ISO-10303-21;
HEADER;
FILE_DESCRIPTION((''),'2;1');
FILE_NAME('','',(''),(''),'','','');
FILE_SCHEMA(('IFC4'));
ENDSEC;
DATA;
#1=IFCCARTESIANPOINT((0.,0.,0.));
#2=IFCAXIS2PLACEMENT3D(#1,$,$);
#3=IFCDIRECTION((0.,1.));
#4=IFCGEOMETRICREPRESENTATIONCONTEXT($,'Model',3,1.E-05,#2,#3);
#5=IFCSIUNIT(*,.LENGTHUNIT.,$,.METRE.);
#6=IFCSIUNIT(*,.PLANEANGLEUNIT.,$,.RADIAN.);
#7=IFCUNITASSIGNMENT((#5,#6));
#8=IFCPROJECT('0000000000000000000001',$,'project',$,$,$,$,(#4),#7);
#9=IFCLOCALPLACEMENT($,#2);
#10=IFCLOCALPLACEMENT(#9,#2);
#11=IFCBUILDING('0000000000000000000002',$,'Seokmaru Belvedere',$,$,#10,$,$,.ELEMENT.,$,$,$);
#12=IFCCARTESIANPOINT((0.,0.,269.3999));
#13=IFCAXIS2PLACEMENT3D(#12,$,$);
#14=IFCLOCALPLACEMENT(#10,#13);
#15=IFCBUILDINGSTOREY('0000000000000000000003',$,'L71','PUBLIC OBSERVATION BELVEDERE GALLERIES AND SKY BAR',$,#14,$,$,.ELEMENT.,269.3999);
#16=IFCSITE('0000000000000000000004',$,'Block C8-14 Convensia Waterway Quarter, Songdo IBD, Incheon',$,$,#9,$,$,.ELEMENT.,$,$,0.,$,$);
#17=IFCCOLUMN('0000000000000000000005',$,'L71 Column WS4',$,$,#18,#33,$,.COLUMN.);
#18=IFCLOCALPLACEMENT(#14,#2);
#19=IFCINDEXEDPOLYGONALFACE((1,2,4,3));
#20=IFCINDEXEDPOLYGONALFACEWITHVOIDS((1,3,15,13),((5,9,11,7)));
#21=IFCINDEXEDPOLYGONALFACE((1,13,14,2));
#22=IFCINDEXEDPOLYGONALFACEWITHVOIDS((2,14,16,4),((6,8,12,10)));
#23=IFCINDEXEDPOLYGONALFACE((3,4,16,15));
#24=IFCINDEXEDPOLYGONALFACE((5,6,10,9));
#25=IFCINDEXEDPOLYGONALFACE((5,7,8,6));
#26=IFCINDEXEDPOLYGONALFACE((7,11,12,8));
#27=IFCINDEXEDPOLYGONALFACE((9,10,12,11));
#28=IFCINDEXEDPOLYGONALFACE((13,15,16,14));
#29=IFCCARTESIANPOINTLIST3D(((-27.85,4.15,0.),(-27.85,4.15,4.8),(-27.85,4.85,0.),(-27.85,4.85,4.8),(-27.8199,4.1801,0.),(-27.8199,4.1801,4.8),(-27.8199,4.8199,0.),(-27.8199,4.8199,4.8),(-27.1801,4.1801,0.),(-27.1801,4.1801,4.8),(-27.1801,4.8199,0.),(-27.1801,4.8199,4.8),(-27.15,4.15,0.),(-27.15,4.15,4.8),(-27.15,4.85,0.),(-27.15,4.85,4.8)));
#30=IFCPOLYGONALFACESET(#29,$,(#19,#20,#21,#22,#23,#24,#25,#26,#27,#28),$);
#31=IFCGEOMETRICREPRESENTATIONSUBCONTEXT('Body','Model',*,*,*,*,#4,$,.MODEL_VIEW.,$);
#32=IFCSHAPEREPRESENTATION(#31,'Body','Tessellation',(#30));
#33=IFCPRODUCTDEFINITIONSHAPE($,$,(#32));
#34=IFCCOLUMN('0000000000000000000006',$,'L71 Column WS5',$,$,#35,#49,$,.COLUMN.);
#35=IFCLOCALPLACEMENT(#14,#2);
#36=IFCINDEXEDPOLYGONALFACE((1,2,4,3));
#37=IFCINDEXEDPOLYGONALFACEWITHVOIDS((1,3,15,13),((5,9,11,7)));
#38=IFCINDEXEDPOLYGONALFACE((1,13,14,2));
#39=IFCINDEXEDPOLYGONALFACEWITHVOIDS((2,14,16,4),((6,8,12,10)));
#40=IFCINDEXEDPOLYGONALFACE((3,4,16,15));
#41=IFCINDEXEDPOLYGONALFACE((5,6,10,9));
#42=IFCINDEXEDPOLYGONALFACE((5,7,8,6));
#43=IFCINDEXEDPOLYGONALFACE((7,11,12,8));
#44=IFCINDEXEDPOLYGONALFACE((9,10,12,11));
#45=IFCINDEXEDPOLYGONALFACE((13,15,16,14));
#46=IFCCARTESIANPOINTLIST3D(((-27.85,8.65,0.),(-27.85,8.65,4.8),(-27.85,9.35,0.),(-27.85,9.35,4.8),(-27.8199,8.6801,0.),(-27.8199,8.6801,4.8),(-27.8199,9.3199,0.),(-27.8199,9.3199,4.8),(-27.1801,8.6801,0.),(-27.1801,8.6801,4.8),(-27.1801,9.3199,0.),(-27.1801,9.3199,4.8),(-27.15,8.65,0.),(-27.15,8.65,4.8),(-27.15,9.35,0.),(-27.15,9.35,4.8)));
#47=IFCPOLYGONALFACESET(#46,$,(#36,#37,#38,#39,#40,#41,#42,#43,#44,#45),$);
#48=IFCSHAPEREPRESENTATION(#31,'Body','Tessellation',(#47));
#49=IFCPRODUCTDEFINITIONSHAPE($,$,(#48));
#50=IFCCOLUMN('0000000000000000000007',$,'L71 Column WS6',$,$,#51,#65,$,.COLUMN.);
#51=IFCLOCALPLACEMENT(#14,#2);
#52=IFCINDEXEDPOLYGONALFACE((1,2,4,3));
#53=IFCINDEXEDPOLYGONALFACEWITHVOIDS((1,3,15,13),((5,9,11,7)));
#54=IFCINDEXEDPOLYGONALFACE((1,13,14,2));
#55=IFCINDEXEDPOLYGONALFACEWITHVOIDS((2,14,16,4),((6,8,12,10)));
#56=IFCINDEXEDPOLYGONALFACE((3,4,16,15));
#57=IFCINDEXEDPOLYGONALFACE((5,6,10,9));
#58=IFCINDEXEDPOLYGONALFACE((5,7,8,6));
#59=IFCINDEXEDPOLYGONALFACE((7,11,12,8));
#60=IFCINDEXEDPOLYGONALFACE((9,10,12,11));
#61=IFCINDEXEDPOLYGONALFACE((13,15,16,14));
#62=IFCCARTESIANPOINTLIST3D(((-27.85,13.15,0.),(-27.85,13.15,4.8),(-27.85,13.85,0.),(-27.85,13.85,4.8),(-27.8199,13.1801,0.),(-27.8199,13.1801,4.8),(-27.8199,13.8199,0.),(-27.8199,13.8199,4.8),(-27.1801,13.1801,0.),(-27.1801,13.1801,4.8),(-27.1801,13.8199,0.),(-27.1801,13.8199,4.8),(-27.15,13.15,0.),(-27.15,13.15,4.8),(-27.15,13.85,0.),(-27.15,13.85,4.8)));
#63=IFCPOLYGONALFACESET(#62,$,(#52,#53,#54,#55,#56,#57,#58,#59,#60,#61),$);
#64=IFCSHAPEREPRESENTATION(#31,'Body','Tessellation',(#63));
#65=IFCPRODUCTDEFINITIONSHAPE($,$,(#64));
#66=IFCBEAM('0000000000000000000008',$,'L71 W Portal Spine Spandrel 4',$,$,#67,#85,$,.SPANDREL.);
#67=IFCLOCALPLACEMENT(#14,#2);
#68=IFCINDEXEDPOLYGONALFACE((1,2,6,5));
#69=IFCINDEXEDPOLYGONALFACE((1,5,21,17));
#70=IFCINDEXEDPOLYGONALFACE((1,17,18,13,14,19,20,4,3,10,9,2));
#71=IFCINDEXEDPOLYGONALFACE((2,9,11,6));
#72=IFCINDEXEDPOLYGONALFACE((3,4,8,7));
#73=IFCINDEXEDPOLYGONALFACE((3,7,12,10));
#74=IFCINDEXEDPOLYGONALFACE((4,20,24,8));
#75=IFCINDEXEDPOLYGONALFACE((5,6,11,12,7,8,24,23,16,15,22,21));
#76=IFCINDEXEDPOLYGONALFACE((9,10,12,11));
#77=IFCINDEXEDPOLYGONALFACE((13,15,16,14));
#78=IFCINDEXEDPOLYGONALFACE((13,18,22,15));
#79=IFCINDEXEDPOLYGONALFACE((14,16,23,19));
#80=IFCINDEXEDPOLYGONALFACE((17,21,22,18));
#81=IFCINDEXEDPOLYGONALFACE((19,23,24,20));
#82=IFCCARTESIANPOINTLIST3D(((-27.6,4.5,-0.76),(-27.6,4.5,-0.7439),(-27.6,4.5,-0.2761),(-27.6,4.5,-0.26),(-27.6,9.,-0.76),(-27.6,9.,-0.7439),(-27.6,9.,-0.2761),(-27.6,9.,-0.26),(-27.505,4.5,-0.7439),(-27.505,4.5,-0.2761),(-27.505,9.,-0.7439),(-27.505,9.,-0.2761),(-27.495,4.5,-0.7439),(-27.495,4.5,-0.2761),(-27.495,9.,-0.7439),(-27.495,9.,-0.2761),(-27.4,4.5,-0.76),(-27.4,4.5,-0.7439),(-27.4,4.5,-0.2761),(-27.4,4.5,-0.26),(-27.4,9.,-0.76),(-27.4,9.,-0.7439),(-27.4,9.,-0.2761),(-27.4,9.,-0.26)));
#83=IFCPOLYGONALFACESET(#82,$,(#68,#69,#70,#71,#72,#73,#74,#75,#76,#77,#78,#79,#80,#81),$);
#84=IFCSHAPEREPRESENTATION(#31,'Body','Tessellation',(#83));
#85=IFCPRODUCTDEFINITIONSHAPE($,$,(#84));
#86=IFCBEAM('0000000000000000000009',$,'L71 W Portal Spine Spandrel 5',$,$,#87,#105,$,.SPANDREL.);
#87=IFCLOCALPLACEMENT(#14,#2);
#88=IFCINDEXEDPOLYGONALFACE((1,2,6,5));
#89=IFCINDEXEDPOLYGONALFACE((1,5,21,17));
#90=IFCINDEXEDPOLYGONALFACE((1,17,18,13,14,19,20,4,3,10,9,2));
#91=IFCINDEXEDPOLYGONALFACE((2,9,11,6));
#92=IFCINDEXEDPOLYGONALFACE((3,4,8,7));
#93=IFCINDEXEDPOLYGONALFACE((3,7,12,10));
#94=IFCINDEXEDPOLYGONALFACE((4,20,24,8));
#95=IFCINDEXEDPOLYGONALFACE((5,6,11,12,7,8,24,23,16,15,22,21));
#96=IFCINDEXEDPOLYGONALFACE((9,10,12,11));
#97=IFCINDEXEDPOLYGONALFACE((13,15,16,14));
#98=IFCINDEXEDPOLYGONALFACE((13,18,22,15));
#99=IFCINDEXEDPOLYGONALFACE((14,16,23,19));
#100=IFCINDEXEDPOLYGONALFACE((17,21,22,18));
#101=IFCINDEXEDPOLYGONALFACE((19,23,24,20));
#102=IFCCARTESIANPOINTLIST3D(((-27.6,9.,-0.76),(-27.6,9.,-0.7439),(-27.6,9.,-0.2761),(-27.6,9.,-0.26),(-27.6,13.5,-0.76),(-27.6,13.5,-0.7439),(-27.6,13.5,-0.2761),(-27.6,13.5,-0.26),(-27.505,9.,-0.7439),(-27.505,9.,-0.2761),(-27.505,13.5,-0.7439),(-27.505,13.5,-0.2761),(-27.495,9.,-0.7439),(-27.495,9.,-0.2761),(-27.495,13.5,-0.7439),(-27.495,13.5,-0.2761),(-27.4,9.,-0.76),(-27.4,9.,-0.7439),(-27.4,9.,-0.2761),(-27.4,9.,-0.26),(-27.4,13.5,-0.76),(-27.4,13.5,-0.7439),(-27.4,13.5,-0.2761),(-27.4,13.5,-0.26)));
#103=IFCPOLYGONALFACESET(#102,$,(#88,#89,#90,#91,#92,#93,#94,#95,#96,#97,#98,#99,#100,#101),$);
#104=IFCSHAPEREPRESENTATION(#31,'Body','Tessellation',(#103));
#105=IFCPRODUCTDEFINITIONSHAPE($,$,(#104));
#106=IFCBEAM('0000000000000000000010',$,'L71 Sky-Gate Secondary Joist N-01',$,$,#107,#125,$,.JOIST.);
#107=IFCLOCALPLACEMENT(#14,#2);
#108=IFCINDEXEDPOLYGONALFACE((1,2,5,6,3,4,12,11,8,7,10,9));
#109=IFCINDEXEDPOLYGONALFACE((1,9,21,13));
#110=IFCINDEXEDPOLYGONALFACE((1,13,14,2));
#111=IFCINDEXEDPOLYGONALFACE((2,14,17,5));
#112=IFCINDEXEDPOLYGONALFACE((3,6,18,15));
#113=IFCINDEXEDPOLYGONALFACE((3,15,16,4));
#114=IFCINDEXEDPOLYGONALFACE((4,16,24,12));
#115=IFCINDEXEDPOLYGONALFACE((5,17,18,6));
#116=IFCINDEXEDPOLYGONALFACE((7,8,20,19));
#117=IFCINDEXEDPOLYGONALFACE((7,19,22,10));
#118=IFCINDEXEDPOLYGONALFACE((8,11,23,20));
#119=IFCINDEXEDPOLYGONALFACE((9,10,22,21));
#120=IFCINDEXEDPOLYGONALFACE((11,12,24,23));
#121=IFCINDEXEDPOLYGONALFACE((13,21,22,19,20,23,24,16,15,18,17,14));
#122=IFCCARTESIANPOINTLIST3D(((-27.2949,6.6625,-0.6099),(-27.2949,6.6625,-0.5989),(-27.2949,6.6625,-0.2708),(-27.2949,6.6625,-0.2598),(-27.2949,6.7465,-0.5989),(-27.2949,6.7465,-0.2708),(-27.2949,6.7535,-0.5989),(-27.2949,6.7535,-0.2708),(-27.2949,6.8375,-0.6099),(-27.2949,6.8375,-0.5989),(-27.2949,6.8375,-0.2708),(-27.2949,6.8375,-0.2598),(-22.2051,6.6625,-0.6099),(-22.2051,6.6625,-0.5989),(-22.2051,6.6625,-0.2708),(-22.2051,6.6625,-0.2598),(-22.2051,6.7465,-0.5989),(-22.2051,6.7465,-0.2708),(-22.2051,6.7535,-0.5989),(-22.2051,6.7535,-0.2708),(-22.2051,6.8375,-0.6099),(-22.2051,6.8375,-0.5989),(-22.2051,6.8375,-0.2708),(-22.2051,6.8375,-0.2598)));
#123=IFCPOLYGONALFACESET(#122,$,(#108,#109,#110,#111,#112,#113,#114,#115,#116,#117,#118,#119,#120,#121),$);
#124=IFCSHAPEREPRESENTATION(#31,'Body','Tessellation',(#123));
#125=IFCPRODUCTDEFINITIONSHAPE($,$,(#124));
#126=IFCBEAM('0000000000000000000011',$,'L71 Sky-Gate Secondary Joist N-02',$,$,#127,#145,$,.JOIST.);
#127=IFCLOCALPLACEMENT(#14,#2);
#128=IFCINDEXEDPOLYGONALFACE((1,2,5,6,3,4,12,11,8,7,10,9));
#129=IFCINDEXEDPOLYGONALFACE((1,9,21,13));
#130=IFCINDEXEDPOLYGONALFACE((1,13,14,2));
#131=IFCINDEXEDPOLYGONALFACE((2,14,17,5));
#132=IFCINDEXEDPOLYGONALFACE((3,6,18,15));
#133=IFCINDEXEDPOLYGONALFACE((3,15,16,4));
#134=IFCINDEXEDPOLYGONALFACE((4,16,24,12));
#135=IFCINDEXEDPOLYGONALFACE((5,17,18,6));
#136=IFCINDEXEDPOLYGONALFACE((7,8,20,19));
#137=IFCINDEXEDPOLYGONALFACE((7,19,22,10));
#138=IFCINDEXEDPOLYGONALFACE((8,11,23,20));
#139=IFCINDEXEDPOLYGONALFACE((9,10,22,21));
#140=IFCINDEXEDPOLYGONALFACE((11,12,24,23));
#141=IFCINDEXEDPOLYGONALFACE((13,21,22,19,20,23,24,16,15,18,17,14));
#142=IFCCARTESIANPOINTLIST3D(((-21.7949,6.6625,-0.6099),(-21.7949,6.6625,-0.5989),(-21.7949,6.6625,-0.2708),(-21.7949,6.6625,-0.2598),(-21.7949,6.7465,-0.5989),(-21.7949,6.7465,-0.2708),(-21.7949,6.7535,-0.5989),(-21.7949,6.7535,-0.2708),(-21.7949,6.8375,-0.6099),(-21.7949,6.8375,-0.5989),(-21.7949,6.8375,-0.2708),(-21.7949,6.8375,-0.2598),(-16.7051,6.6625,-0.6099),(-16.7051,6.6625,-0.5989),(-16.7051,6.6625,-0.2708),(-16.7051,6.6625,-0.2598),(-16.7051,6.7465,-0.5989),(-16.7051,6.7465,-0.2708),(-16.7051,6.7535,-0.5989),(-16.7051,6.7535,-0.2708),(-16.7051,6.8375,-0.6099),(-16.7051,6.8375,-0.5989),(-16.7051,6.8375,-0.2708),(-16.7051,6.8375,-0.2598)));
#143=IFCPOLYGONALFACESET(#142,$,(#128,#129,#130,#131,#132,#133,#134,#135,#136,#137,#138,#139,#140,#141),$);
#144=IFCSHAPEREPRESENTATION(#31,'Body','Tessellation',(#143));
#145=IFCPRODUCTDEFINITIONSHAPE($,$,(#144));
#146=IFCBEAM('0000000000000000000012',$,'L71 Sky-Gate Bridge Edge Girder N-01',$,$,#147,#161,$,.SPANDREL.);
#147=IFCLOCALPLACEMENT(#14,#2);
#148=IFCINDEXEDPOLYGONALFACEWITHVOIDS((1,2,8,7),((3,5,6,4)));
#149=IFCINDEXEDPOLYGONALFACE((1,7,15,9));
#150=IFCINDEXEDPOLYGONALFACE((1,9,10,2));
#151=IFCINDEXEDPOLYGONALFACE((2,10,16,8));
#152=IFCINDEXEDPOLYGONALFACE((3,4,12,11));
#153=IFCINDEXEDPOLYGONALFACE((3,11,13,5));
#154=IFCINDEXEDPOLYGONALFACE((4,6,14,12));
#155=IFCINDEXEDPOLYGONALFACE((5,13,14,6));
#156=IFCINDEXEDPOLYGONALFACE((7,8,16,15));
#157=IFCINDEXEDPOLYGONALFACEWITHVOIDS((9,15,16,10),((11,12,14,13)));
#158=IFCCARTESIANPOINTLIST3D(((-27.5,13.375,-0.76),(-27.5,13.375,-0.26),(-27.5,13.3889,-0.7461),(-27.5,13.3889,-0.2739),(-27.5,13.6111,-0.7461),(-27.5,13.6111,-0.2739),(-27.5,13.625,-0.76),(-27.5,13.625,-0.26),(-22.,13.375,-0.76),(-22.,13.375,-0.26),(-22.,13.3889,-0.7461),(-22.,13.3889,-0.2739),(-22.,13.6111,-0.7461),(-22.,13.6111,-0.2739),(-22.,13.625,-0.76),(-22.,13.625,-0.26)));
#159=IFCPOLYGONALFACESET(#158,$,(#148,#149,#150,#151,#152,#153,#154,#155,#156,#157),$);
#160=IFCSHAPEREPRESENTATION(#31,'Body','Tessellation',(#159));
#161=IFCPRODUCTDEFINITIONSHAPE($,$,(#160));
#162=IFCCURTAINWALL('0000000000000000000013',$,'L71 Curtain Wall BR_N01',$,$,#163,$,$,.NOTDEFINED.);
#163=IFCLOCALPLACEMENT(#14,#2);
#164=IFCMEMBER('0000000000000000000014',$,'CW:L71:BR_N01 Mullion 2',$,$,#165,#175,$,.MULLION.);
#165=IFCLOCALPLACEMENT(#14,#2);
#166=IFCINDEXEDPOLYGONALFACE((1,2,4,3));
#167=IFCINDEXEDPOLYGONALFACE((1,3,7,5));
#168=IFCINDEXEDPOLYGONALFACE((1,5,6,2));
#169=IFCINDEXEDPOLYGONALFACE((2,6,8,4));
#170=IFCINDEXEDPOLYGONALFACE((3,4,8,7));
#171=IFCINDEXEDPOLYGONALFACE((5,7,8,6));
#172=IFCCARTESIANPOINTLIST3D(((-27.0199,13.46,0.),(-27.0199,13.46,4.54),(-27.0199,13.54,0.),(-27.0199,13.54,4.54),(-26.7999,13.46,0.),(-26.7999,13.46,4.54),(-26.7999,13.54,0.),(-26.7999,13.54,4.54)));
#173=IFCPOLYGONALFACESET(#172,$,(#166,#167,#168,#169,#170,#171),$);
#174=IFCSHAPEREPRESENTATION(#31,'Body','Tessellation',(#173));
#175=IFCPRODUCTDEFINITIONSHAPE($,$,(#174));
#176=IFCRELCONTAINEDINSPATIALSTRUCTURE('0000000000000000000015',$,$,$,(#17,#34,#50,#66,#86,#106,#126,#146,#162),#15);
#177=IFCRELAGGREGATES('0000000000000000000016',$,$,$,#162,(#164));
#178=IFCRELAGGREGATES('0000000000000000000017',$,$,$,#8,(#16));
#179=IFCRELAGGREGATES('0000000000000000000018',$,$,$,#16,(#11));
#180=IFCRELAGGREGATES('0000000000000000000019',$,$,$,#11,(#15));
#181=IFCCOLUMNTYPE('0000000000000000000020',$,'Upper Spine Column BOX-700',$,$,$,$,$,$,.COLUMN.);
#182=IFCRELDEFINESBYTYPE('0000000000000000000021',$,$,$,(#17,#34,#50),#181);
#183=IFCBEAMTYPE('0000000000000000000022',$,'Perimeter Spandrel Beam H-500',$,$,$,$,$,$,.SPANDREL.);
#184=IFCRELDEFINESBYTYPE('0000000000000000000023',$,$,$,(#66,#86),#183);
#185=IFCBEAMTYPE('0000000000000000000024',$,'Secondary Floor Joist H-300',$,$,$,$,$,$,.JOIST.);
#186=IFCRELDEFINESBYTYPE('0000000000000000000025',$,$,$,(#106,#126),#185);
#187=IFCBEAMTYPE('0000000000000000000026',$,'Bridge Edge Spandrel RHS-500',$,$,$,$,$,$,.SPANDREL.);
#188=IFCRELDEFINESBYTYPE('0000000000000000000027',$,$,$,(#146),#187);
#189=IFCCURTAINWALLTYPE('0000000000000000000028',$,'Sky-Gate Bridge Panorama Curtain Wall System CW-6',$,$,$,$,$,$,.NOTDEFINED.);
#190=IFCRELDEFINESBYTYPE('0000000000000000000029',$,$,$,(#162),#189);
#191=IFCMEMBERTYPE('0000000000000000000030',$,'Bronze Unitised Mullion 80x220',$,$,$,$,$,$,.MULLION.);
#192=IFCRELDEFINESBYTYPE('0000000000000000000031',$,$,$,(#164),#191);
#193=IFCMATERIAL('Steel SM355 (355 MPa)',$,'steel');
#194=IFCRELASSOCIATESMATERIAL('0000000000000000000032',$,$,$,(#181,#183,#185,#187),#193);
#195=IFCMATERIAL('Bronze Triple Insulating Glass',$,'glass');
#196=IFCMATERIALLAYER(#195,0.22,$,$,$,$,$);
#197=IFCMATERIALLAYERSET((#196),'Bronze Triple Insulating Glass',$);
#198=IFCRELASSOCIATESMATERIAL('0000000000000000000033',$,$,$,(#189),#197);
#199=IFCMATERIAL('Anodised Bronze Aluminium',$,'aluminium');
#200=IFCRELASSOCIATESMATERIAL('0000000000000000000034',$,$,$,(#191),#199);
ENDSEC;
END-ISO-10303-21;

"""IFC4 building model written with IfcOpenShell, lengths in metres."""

from ifc_helpers import new_model, si_unit, direction, frame, origin, origin_2d, place, context, subcontext, project, spatial, rectangle, hollow_rectangle, i_section, extrude, source, transform, mapped, material, layer, layer_set, material_profile, profile_set, type_object, type_shapes, element, aggregate, save


model = new_model("IFC4")

# Units and contexts
model_context = context("Model", 3, precision=1e-05, world=origin(), true_north=direction((0.0, 1.0)))
body_context = subcontext(model_context, "Body", "Model", "MODEL_VIEW")
ifc_project = project(units=[si_unit("LENGTHUNIT", "METRE"), si_unit("PLANEANGLEUNIT", "RADIAN")], contexts=[model_context])

# Site, building, storey
site_placement = place(None, origin())
site = spatial("IfcSite", under=ifc_project, at=site_placement, Name="Block C8-14 Convensia Waterway Quarter, Songdo IBD, Incheon", CompositionType="ELEMENT", RefElevation=0.0)
building_placement = place(site_placement, origin())
building = spatial("IfcBuilding", under=site, at=building_placement, Name="Seokmaru Belvedere", CompositionType="ELEMENT")
storey_placement = place(building_placement, frame((0.0, 0.0, 269.3999)))
storey = spatial("IfcBuildingStorey", under=building, at=storey_placement, Name="L71", Description="PUBLIC OBSERVATION BELVEDERE GALLERIES AND SKY BAR", CompositionType="ELEMENT", Elevation=269.3999)

# Columns
ifc_material_1 = material(Name="Steel SM355 (355 MPa)", Category="steel")
ifc_material_profile_1 = material_profile(ifc_material_1, hollow_rectangle(XDim=0.7, YDim=0.7, WallThickness=0.03, at=origin_2d()), Name="BOX-700x700x30")
ifc_profile_set_1 = profile_set([ifc_material_profile_1], Name="Steel SM355 (355 MPa)")
column_type = type_object("IfcColumnType", Name="Upper Spine Column BOX-700", PredefinedType="COLUMN", material=ifc_profile_set_1)
shared_shape_1 = source(origin(), body_context, "Body", "SweptSolid", [
    extrude(hollow_rectangle(XDim=0.7, YDim=0.7, WallThickness=0.03, at=origin_2d()), origin(), (0.0, 0.0, 1.0), 4.8),
])
type_shapes(column_type, [shared_shape_1])
for number, where, z_axis, x_axis, name in (
    (1, (-27.5, 4.5, 0.0), (0.0, 0.0, 1.0), (1.0, 0.0, 0.0), "L71 Column WS4"),
    (2, (-27.5, 9.0, 0.0), (0.0, 0.0, 1.0), (1.0, 0.0, 0.0), "L71 Column WS5"),
    (3, (-27.5, 13.5, 0.0), (0.0, 0.0, 1.0), (1.0, 0.0, 0.0), "L71 Column WS6"),
):
    element("IfcColumn", number, at=place(storey_placement, frame(where, z_axis=z_axis, x_axis=x_axis)), inside=storey, type_object=column_type, Name=name, PredefinedType="COLUMN", context=body_context, shape_type="MappedRepresentation", body=[
        mapped(shared_shape_1, transform((0.0, 0.0, 0.0), scale=1.0)),
    ])

# Beams
ifc_material_profile_2 = material_profile(ifc_material_1, i_section(OverallWidth=0.2, OverallDepth=0.5, WebThickness=0.01, FlangeThickness=0.0161, at=origin_2d()), Name="H-500x200x10x16")
ifc_profile_set_2 = profile_set([ifc_material_profile_2], Name="Steel SM355 (355 MPa)")
beam_type_1 = type_object("IfcBeamType", Name="Perimeter Spandrel Beam H-500", PredefinedType="SPANDREL", material=ifc_profile_set_2)
shared_shape_2 = source(origin(), body_context, "Body", "SweptSolid", [
    extrude(i_section(OverallWidth=0.2, OverallDepth=0.5, WebThickness=0.01, FlangeThickness=0.0161, at=origin_2d()), origin(), (0.0, 0.0, 1.0), 4.5),
])
type_shapes(beam_type_1, [shared_shape_2])
for number, where, z_axis, x_axis, name in (
    (4, (-27.5, 4.5, -0.51), (0.0, 1.0, 0.0), (-1.0, 0.0, 0.0), "L71 W Portal Spine Spandrel 4"),
    (5, (-27.5, 9.0, -0.51), (0.0, 1.0, 0.0), (-1.0, 0.0, 0.0), "L71 W Portal Spine Spandrel 5"),
):
    element("IfcBeam", number, at=place(storey_placement, frame(where, z_axis=z_axis, x_axis=x_axis)), inside=storey, type_object=beam_type_1, Name=name, PredefinedType="SPANDREL", context=body_context, shape_type="MappedRepresentation", body=[
        mapped(shared_shape_2, transform((0.0, 0.0, 0.0), scale=1.0)),
    ])
ifc_material_profile_3 = material_profile(ifc_material_1, i_section(OverallWidth=0.175, OverallDepth=0.3501, WebThickness=0.0071, FlangeThickness=0.011, at=origin_2d()), Name="H-350x175x7x11")
ifc_profile_set_3 = profile_set([ifc_material_profile_3], Name="Steel SM355 (355 MPa)")
beam_type_2 = type_object("IfcBeamType", Name="Secondary Floor Joist H-300", PredefinedType="JOIST", material=ifc_profile_set_3)
shared_shape_3 = source(origin(), body_context, "Body", "SweptSolid", [
    extrude(i_section(OverallWidth=0.175, OverallDepth=0.3501, WebThickness=0.0071, FlangeThickness=0.011, at=origin_2d()), origin(), (0.0, 0.0, 1.0), 5.0898),
])
type_shapes(beam_type_2, [shared_shape_3])
for number, where, z_axis, x_axis, name in (
    (6, (-27.2949, 6.75, -0.4348), (1.0, 0.0, 0.0), (0.0, 1.0, 0.0), "L71 Sky-Gate Secondary Joist N-01"),
    (7, (-21.7949, 6.75, -0.4348), (1.0, 0.0, 0.0), (0.0, 1.0, 0.0), "L71 Sky-Gate Secondary Joist N-02"),
):
    element("IfcBeam", number, at=place(storey_placement, frame(where, z_axis=z_axis, x_axis=x_axis)), inside=storey, type_object=beam_type_2, Name=name, PredefinedType="JOIST", context=body_context, shape_type="MappedRepresentation", body=[
        mapped(shared_shape_3, transform((0.0, 0.0, 0.0), scale=1.0)),
    ])
ifc_material_profile_4 = material_profile(ifc_material_1, hollow_rectangle(XDim=0.25, YDim=0.5, WallThickness=0.0139, at=origin_2d()), Name="RHS-500x250x14")
ifc_profile_set_4 = profile_set([ifc_material_profile_4], Name="Steel SM355 (355 MPa)")
beam_type_3 = type_object("IfcBeamType", Name="Bridge Edge Spandrel RHS-500", PredefinedType="SPANDREL", material=ifc_profile_set_4)
shared_shape_4 = source(origin(), body_context, "Body", "SweptSolid", [
    extrude(hollow_rectangle(XDim=0.25, YDim=0.5, WallThickness=0.0139, at=origin_2d()), origin(), (0.0, 0.0, 1.0), 5.5),
])
type_shapes(beam_type_3, [shared_shape_4])
beam_1_placement = place(storey_placement, frame((-27.5, 13.5, -0.51), z_axis=(1.0, 0.0, 0.0), x_axis=(0.0, 1.0, 0.0)))
element("IfcBeam", 8, at=beam_1_placement, inside=storey, type_object=beam_type_3, Name="L71 Sky-Gate Bridge Edge Girder N-01", PredefinedType="SPANDREL", context=body_context, shape_type="MappedRepresentation", body=[
    mapped(shared_shape_4, transform((0.0, 0.0, 0.0), scale=1.0)),
])

# Curtain wall, member
ifc_material_2 = material(Name="Bronze Triple Insulating Glass", Category="glass")
ifc_layer_1 = layer(ifc_material_2, 0.22)
ifc_layer_set_1 = layer_set([ifc_layer_1], Name="Bronze Triple Insulating Glass")
curtain_wall_type = type_object("IfcCurtainWallType", Name="Sky-Gate Bridge Panorama Curtain Wall System CW-6", PredefinedType="NOTDEFINED", material=ifc_layer_set_1)
curtain_wall_placement = place(storey_placement, origin())
curtain_wall = element("IfcCurtainWall", 9, at=curtain_wall_placement, inside=storey, type_object=curtain_wall_type, Name="L71 Curtain Wall BR_N01", PredefinedType="NOTDEFINED")
ifc_material_3 = material(Name="Anodised Bronze Aluminium", Category="aluminium")
ifc_material_profile_5 = material_profile(ifc_material_3, rectangle(XDim=0.0801, YDim=0.22, at=origin_2d()), Name="CW-M-80x220")
ifc_profile_set_5 = profile_set([ifc_material_profile_5], Name="Anodised Bronze Aluminium")
member_type = type_object("IfcMemberType", Name="Bronze Unitised Mullion 80x220", PredefinedType="MULLION", material=ifc_profile_set_5)
shared_shape_5 = source(origin(), body_context, "Body", "SweptSolid", [
    extrude(rectangle(XDim=0.0801, YDim=0.22, at=origin_2d()), origin(), (0.0, 0.0, 1.0), 4.54),
])
type_shapes(member_type, [shared_shape_5])
member_placement = place(storey_placement, frame((-26.9099, 13.5, 0.0), z_axis=(0.0, 0.0, 1.0), x_axis=(0.0, -1.0, 0.0)))
member = element("IfcMember", 10, at=member_placement, type_object=member_type, Name="CW:L71:BR_N01 Mullion 2", PredefinedType="MULLION", context=body_context, shape_type="MappedRepresentation", body=[
    mapped(shared_shape_5, transform((0.0, 0.0, 0.0), scale=1.0)),
])
aggregate(curtain_wall, [member])

save(model, "model.ifc")
